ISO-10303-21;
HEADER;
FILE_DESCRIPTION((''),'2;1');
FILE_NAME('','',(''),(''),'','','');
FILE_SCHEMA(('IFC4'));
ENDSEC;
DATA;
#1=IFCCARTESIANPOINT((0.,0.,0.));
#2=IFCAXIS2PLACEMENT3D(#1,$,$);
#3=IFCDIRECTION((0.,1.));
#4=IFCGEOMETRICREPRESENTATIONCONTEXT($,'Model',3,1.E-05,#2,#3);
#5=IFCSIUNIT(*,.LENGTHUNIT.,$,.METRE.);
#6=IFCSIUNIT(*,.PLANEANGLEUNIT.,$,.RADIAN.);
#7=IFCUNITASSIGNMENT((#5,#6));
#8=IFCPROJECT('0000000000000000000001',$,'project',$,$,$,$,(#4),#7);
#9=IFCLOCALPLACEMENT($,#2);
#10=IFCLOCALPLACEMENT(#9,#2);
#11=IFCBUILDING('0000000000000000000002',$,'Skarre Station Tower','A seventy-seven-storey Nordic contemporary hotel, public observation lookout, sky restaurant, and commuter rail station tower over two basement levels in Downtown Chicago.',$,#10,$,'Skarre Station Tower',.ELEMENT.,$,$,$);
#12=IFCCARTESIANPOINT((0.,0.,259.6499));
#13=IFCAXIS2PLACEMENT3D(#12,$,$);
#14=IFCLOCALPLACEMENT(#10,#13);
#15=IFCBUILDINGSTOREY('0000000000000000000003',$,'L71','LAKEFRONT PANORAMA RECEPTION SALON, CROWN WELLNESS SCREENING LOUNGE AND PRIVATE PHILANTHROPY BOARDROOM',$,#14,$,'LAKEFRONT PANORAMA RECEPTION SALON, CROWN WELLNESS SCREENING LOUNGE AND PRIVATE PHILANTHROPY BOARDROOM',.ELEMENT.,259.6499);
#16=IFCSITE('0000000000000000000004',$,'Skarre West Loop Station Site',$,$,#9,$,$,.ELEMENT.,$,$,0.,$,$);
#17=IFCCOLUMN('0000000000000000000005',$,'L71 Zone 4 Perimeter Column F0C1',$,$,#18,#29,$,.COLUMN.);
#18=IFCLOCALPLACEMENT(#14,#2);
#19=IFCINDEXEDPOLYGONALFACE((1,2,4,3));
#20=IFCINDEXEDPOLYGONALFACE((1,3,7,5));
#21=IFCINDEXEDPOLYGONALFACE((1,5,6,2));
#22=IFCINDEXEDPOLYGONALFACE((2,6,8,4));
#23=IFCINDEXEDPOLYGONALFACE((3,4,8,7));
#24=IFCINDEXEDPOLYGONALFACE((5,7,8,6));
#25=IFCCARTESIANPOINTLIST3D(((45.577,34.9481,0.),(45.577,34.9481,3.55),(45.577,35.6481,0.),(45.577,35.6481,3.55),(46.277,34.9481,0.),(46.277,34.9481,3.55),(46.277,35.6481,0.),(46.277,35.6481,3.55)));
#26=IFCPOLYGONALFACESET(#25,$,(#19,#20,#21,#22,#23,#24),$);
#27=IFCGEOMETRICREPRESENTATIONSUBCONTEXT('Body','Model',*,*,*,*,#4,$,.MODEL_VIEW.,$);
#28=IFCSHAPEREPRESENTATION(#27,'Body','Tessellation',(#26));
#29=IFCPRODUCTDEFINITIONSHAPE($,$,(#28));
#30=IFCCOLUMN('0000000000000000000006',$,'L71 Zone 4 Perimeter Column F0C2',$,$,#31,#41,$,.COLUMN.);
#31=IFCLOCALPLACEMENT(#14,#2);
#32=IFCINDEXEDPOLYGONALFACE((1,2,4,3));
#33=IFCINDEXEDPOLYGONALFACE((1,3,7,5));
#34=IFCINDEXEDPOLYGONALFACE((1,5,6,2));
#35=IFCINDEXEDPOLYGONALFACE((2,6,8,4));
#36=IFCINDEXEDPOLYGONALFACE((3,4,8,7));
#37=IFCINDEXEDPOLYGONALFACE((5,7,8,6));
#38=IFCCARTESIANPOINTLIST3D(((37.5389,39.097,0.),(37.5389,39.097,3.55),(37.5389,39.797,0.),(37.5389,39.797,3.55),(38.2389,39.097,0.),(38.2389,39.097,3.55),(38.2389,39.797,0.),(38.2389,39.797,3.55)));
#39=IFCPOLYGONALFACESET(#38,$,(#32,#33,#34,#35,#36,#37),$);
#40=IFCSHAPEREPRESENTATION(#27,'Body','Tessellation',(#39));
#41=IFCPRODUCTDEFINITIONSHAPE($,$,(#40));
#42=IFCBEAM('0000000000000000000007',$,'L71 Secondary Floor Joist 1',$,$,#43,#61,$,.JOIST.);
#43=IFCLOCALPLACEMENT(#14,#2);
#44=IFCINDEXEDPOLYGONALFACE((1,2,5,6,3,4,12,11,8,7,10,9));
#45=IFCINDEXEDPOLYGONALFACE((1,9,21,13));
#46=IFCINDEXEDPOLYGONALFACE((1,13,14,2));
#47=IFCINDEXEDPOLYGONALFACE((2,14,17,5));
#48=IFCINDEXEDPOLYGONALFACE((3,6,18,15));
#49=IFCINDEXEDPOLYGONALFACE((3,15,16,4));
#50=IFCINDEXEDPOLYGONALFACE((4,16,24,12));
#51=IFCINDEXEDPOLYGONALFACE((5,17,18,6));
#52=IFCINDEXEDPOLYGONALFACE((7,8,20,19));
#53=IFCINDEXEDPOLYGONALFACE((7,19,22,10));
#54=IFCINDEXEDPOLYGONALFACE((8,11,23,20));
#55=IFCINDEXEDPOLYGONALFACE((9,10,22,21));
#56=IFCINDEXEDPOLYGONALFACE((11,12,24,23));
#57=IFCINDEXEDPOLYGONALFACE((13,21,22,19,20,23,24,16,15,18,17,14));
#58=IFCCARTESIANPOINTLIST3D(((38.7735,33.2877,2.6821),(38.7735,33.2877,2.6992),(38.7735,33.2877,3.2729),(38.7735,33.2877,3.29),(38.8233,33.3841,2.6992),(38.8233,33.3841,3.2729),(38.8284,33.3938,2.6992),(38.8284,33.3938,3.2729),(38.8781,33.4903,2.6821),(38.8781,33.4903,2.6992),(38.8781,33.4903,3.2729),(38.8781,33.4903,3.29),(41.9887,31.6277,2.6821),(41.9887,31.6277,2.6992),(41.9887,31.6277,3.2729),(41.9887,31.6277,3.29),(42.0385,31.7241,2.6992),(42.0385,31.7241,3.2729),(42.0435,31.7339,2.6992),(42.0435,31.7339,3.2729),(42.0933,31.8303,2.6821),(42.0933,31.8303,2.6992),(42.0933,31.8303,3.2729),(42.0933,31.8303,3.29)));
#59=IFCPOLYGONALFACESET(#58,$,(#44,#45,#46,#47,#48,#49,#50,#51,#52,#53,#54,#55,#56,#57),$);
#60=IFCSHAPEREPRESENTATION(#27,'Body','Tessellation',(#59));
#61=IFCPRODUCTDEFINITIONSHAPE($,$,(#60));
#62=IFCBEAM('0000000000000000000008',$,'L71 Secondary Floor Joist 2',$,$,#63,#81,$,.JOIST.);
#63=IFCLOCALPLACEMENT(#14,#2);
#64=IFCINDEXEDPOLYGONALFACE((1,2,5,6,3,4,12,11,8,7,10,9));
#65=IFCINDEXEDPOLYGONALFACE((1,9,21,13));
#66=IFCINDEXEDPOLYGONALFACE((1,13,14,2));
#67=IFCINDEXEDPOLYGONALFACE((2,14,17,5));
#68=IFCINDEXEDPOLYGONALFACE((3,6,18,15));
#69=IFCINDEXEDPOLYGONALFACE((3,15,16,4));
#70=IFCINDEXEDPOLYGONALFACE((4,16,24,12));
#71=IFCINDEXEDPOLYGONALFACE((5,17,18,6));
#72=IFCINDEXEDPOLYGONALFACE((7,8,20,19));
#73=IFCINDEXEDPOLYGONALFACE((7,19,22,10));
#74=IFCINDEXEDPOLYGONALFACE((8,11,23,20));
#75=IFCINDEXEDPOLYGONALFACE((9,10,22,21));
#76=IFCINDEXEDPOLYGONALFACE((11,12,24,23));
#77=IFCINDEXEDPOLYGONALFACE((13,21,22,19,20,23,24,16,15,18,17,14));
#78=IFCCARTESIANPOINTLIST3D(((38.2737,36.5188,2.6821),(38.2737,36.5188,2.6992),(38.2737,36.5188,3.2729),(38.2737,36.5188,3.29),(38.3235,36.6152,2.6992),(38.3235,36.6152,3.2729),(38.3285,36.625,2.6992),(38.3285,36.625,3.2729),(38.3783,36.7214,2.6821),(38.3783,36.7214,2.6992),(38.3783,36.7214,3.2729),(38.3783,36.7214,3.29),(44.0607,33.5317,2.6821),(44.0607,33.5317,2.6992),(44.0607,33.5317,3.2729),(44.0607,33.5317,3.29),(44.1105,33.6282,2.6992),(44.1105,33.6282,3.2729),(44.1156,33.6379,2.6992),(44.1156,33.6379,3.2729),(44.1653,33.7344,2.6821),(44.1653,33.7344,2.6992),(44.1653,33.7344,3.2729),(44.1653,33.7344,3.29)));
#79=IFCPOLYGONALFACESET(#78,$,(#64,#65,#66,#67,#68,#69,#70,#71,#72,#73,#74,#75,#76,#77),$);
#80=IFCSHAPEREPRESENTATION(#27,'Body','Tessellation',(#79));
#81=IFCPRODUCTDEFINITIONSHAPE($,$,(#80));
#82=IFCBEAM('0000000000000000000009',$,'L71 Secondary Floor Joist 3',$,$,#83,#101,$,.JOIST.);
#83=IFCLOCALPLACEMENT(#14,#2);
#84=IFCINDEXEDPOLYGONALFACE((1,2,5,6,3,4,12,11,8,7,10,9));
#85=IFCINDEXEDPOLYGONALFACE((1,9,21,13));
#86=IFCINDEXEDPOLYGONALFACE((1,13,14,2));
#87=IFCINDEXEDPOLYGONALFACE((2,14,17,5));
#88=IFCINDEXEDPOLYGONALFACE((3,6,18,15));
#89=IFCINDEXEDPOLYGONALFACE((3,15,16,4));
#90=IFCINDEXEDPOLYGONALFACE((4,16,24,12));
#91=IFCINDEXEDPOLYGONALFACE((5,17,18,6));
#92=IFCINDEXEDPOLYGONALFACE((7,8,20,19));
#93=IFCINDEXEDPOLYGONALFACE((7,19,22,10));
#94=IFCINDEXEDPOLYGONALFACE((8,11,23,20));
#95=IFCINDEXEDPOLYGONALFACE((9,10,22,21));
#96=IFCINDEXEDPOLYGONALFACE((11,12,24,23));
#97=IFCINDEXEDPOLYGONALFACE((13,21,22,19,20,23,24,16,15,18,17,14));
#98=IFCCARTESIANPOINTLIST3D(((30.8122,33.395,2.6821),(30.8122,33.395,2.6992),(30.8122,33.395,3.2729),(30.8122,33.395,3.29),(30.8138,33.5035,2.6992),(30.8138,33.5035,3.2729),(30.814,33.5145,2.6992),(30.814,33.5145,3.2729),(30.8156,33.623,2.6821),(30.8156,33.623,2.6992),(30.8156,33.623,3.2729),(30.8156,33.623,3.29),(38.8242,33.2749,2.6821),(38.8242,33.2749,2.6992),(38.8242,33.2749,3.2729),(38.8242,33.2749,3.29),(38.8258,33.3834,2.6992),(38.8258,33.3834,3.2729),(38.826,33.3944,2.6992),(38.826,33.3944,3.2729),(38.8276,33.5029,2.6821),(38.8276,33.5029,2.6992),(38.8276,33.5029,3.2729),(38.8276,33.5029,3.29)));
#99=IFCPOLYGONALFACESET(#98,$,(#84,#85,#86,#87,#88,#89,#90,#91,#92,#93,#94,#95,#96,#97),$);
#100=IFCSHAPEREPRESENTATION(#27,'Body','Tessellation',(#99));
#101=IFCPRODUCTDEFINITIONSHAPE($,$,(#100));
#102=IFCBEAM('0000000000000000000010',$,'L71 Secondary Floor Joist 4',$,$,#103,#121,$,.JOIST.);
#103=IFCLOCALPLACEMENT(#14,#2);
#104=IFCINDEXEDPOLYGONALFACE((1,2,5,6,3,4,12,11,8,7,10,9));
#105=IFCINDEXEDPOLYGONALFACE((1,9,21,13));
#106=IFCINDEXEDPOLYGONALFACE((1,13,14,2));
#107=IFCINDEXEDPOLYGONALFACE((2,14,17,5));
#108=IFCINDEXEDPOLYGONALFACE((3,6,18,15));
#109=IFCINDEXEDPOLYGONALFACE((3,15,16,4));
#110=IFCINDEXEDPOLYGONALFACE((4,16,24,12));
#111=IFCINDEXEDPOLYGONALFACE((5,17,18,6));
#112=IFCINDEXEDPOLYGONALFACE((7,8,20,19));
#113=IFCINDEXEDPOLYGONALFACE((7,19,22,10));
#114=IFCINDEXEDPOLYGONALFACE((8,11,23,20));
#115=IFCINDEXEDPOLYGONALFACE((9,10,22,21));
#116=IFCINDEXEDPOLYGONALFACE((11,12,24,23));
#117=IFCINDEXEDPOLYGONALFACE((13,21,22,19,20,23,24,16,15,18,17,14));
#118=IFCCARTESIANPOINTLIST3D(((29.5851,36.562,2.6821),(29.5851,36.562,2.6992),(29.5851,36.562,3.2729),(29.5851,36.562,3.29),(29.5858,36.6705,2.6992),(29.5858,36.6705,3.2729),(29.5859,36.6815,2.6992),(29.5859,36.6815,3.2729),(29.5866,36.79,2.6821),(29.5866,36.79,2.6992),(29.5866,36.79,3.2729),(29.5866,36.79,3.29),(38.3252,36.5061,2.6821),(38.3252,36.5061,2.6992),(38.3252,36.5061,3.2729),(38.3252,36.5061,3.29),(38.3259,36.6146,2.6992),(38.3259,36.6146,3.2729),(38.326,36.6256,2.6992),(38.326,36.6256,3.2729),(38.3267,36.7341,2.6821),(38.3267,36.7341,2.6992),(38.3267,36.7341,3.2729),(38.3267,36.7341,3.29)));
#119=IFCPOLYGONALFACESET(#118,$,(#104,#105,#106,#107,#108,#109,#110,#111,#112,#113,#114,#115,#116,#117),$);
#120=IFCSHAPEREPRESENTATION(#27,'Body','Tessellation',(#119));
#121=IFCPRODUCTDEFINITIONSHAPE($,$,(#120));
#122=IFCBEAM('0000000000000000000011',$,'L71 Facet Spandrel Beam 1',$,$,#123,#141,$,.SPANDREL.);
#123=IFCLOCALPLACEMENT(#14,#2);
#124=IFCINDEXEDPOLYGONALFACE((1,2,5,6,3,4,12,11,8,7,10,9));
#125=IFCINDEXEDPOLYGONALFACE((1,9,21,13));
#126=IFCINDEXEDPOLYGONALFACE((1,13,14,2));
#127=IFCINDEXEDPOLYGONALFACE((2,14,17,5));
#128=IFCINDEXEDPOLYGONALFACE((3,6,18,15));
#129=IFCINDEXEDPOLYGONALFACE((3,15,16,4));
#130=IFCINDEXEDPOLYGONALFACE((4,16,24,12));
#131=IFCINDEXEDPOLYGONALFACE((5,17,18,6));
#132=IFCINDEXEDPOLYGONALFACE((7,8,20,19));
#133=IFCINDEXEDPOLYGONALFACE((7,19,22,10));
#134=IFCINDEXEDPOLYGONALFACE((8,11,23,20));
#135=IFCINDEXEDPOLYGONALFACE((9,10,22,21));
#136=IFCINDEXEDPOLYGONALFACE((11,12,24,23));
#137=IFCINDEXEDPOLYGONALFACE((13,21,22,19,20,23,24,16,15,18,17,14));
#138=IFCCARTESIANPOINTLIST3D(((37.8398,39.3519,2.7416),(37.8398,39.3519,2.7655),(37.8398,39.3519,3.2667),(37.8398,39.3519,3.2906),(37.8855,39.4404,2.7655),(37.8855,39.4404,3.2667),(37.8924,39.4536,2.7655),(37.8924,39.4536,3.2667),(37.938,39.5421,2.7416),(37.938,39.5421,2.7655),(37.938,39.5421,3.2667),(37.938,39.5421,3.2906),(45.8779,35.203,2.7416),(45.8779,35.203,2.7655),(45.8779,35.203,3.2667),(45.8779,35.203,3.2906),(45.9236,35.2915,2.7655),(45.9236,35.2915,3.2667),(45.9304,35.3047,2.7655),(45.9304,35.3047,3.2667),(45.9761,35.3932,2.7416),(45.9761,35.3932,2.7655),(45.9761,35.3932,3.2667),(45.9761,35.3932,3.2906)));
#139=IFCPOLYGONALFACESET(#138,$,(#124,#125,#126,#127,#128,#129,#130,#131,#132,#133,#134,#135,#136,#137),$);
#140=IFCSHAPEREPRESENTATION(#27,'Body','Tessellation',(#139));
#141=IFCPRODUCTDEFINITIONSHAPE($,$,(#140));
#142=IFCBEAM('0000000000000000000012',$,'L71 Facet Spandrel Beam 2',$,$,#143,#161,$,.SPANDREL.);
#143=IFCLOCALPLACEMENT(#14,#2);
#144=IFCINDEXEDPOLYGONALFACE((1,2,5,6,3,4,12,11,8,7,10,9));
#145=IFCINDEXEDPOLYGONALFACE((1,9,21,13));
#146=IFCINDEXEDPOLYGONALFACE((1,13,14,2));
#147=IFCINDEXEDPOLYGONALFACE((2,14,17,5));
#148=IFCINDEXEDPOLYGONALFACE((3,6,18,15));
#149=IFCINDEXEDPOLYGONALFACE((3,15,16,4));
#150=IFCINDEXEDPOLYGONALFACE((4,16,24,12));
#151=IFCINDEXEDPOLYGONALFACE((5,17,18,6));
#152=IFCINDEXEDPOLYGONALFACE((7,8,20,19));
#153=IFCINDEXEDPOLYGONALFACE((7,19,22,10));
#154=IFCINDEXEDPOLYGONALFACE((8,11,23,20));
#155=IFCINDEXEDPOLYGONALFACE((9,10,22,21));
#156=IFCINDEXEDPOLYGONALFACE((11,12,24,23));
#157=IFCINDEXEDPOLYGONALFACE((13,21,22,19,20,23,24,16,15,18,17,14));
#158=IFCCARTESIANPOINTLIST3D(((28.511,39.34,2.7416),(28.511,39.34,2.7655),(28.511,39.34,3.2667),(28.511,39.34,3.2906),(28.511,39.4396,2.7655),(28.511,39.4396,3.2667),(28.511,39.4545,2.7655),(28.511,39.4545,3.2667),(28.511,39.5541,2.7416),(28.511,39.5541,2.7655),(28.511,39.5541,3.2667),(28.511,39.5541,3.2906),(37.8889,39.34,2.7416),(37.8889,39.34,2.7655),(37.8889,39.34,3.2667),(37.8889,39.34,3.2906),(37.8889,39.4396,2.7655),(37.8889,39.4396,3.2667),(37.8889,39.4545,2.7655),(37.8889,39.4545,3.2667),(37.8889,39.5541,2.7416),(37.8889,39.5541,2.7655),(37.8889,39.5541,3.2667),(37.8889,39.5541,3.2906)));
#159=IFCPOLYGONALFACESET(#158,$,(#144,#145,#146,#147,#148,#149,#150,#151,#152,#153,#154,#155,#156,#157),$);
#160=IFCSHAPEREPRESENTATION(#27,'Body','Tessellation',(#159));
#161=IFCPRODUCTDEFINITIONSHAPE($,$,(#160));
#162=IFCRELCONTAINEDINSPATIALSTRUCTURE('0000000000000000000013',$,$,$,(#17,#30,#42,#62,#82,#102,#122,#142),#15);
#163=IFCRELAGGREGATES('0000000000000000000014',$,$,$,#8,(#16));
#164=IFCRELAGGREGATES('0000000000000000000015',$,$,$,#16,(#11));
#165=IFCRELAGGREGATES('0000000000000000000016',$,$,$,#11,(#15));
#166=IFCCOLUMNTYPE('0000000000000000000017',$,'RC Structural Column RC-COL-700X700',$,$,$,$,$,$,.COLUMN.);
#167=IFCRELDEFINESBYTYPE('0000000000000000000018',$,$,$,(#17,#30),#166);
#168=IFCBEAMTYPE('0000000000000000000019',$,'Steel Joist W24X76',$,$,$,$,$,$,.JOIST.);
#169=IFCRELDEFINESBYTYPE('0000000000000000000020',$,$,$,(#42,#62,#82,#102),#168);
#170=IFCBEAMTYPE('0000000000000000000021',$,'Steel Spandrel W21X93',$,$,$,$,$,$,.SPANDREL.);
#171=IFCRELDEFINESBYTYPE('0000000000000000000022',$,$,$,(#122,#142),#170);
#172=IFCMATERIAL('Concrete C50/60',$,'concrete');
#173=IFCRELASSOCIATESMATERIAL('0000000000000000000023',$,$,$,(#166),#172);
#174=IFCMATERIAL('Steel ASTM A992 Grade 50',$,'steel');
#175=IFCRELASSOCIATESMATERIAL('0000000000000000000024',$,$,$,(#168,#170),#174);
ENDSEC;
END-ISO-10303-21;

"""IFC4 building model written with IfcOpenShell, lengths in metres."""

from ifc_helpers import new_model, si_unit, direction, frame, origin, origin_2d, place, context, subcontext, project, spatial, rectangle, i_section, extrude, material, material_profile, profile_set, type_object, element, save


model = new_model("IFC4")

# Units and contexts
model_context = context("Model", 3, precision=1e-05, world=origin(), true_north=direction((0.0, 1.0)))
body_context = subcontext(model_context, "Body", "Model", "MODEL_VIEW")
ifc_project = project(units=[si_unit("LENGTHUNIT", "METRE"), si_unit("PLANEANGLEUNIT", "RADIAN")], contexts=[model_context])

# Site, building, storey
site_placement = place(None, origin())
site = spatial("IfcSite", under=ifc_project, at=site_placement, Name="Skarre West Loop Station Site", CompositionType="ELEMENT", RefElevation=0.0)
building_placement = place(site_placement, origin())
building = spatial("IfcBuilding", under=site, at=building_placement, Name="Skarre Station Tower", Description="A seventy-seven-storey Nordic contemporary hotel, public observation lookout, sky restaurant, and commuter rail station tower over two basement levels in Downtown Chicago.", LongName="Skarre Station Tower", CompositionType="ELEMENT")
storey_placement = place(building_placement, frame((0.0, 0.0, 259.6499)))
storey = spatial("IfcBuildingStorey", under=building, at=storey_placement, Name="L71", Description="LAKEFRONT PANORAMA RECEPTION SALON, CROWN WELLNESS SCREENING LOUNGE AND PRIVATE PHILANTHROPY BOARDROOM", LongName="LAKEFRONT PANORAMA RECEPTION SALON, CROWN WELLNESS SCREENING LOUNGE AND PRIVATE PHILANTHROPY BOARDROOM", CompositionType="ELEMENT", Elevation=259.6499)

# Columns
ifc_material_1 = material(Name="Concrete C50/60", Category="concrete")
ifc_material_profile_1 = material_profile(ifc_material_1, rectangle(XDim=0.7, YDim=0.7, at=origin_2d()), Name="Concrete C50/60")
ifc_profile_set_1 = profile_set([ifc_material_profile_1], Name="Concrete C50/60")
column_type = type_object("IfcColumnType", Name="RC Structural Column RC-COL-700X700", PredefinedType="COLUMN", material=ifc_profile_set_1)
for number, where, z_axis, x_axis, name in (
    (1, (45.927, 35.2981, 0.0), (0.0, 0.0, 1.0), (1.0, 0.0, 0.0), "L71 Zone 4 Perimeter Column F0C1"),
    (2, (37.8889, 39.447, 0.0), (0.0, 0.0, 1.0), (1.0, 0.0, 0.0), "L71 Zone 4 Perimeter Column F0C2"),
):
    element("IfcColumn", number, at=place(storey_placement, frame(where, z_axis=z_axis, x_axis=x_axis)), inside=storey, type_object=column_type, Name=name, PredefinedType="COLUMN", context=body_context, shape_type="SweptSolid", body=[
        extrude(rectangle(XDim=0.7, YDim=0.7, at=origin_2d()), origin(), (0.0, 0.0, 1.0), 3.55),
    ])

# Beams
ifc_material_2 = material(Name="Steel ASTM A992 Grade 50", Category="steel")
ifc_material_profile_2 = material_profile(ifc_material_2, i_section(OverallWidth=0.228, OverallDepth=0.6079, WebThickness=0.011, FlangeThickness=0.0171, at=origin_2d()), Name="Steel ASTM A992 Grade 50")
ifc_profile_set_2 = profile_set([ifc_material_profile_2], Name="Steel ASTM A992 Grade 50")
beam_type_1 = type_object("IfcBeamType", Name="Steel Joist W24X76", PredefinedType="JOIST", material=ifc_profile_set_2)
beam_1_placement = place(storey_placement, frame((42.041, 31.729, 2.9861), z_axis=(-0.888563, 0.458755, 0.0), x_axis=(-0.458755, -0.888563, 0.0)))
element("IfcBeam", 3, at=beam_1_placement, inside=storey, type_object=beam_type_1, Name="L71 Secondary Floor Joist 1", PredefinedType="JOIST", context=body_context, shape_type="SweptSolid", body=[
    extrude(i_section(OverallWidth=0.228, OverallDepth=0.6079, WebThickness=0.011, FlangeThickness=0.0171, at=origin_2d()), origin(), (0.0, 0.0, 1.0), 3.6184),
])
beam_2_placement = place(storey_placement, frame((44.113, 33.6331, 2.9861), z_axis=(-0.88861, 0.458663, 0.0), x_axis=(-0.458663, -0.88861, 0.0)))
element("IfcBeam", 4, at=beam_2_placement, inside=storey, type_object=beam_type_1, Name="L71 Secondary Floor Joist 2", PredefinedType="JOIST", context=body_context, shape_type="SweptSolid", body=[
    extrude(i_section(OverallWidth=0.228, OverallDepth=0.6079, WebThickness=0.011, FlangeThickness=0.0171, at=origin_2d()), origin(), (0.0, 0.0, 1.0), 6.5125),
])
beam_3_placement = place(storey_placement, frame((38.8259, 33.3889, 2.9861), z_axis=(-0.999888, 0.014991, 0.0), x_axis=(-0.014991, -0.999888, 0.0)))
element("IfcBeam", 5, at=beam_3_placement, inside=storey, type_object=beam_type_1, Name="L71 Secondary Floor Joist 3", PredefinedType="JOIST", context=body_context, shape_type="SweptSolid", body=[
    extrude(i_section(OverallWidth=0.228, OverallDepth=0.6079, WebThickness=0.011, FlangeThickness=0.0171, at=origin_2d()), origin(), (0.0, 0.0, 1.0), 8.0129),
])
beam_4_placement = place(storey_placement, frame((38.3259, 36.6201, 2.9861), z_axis=(-0.99998, 0.006397, 0.0), x_axis=(-0.006397, -0.99998, 0.0)))
element("IfcBeam", 6, at=beam_4_placement, inside=storey, type_object=beam_type_1, Name="L71 Secondary Floor Joist 4", PredefinedType="JOIST", context=body_context, shape_type="SweptSolid", body=[
    extrude(i_section(OverallWidth=0.228, OverallDepth=0.6079, WebThickness=0.011, FlangeThickness=0.0171, at=origin_2d()), origin(), (0.0, 0.0, 1.0), 8.7402),
])
ifc_material_profile_3 = material_profile(ifc_material_2, i_section(OverallWidth=0.2141, OverallDepth=0.5491, WebThickness=0.0149, FlangeThickness=0.0239, at=origin_2d()), Name="Steel ASTM A992 Grade 50")
ifc_profile_set_3 = profile_set([ifc_material_profile_3], Name="Steel ASTM A992 Grade 50")
beam_type_2 = type_object("IfcBeamType", Name="Steel Spandrel W21X93", PredefinedType="SPANDREL", material=ifc_profile_set_3)
beam_5_placement = place(storey_placement, frame((45.927, 35.2981, 3.0161), z_axis=(-0.88861, 0.458664, 0.0), x_axis=(-0.458664, -0.88861, 0.0)))
element("IfcBeam", 7, at=beam_5_placement, inside=storey, type_object=beam_type_2, Name="L71 Facet Spandrel Beam 1", PredefinedType="SPANDREL", context=body_context, shape_type="SweptSolid", body=[
    extrude(i_section(OverallWidth=0.2141, OverallDepth=0.5491, WebThickness=0.0149, FlangeThickness=0.0239, at=origin_2d()), origin(), (0.0, 0.0, 1.0), 9.0457),
])
beam_6_placement = place(storey_placement, frame((37.8889, 39.447, 3.0161), z_axis=(-1.0, 0.0, 0.0), x_axis=(0.0, -1.0, 0.0)))
element("IfcBeam", 8, at=beam_6_placement, inside=storey, type_object=beam_type_2, Name="L71 Facet Spandrel Beam 2", PredefinedType="SPANDREL", context=body_context, shape_type="SweptSolid", body=[
    extrude(i_section(OverallWidth=0.2141, OverallDepth=0.5491, WebThickness=0.0149, FlangeThickness=0.0239, at=origin_2d()), origin(), (0.0, 0.0, 1.0), 9.3779),
])

save(model, "model.ifc")
